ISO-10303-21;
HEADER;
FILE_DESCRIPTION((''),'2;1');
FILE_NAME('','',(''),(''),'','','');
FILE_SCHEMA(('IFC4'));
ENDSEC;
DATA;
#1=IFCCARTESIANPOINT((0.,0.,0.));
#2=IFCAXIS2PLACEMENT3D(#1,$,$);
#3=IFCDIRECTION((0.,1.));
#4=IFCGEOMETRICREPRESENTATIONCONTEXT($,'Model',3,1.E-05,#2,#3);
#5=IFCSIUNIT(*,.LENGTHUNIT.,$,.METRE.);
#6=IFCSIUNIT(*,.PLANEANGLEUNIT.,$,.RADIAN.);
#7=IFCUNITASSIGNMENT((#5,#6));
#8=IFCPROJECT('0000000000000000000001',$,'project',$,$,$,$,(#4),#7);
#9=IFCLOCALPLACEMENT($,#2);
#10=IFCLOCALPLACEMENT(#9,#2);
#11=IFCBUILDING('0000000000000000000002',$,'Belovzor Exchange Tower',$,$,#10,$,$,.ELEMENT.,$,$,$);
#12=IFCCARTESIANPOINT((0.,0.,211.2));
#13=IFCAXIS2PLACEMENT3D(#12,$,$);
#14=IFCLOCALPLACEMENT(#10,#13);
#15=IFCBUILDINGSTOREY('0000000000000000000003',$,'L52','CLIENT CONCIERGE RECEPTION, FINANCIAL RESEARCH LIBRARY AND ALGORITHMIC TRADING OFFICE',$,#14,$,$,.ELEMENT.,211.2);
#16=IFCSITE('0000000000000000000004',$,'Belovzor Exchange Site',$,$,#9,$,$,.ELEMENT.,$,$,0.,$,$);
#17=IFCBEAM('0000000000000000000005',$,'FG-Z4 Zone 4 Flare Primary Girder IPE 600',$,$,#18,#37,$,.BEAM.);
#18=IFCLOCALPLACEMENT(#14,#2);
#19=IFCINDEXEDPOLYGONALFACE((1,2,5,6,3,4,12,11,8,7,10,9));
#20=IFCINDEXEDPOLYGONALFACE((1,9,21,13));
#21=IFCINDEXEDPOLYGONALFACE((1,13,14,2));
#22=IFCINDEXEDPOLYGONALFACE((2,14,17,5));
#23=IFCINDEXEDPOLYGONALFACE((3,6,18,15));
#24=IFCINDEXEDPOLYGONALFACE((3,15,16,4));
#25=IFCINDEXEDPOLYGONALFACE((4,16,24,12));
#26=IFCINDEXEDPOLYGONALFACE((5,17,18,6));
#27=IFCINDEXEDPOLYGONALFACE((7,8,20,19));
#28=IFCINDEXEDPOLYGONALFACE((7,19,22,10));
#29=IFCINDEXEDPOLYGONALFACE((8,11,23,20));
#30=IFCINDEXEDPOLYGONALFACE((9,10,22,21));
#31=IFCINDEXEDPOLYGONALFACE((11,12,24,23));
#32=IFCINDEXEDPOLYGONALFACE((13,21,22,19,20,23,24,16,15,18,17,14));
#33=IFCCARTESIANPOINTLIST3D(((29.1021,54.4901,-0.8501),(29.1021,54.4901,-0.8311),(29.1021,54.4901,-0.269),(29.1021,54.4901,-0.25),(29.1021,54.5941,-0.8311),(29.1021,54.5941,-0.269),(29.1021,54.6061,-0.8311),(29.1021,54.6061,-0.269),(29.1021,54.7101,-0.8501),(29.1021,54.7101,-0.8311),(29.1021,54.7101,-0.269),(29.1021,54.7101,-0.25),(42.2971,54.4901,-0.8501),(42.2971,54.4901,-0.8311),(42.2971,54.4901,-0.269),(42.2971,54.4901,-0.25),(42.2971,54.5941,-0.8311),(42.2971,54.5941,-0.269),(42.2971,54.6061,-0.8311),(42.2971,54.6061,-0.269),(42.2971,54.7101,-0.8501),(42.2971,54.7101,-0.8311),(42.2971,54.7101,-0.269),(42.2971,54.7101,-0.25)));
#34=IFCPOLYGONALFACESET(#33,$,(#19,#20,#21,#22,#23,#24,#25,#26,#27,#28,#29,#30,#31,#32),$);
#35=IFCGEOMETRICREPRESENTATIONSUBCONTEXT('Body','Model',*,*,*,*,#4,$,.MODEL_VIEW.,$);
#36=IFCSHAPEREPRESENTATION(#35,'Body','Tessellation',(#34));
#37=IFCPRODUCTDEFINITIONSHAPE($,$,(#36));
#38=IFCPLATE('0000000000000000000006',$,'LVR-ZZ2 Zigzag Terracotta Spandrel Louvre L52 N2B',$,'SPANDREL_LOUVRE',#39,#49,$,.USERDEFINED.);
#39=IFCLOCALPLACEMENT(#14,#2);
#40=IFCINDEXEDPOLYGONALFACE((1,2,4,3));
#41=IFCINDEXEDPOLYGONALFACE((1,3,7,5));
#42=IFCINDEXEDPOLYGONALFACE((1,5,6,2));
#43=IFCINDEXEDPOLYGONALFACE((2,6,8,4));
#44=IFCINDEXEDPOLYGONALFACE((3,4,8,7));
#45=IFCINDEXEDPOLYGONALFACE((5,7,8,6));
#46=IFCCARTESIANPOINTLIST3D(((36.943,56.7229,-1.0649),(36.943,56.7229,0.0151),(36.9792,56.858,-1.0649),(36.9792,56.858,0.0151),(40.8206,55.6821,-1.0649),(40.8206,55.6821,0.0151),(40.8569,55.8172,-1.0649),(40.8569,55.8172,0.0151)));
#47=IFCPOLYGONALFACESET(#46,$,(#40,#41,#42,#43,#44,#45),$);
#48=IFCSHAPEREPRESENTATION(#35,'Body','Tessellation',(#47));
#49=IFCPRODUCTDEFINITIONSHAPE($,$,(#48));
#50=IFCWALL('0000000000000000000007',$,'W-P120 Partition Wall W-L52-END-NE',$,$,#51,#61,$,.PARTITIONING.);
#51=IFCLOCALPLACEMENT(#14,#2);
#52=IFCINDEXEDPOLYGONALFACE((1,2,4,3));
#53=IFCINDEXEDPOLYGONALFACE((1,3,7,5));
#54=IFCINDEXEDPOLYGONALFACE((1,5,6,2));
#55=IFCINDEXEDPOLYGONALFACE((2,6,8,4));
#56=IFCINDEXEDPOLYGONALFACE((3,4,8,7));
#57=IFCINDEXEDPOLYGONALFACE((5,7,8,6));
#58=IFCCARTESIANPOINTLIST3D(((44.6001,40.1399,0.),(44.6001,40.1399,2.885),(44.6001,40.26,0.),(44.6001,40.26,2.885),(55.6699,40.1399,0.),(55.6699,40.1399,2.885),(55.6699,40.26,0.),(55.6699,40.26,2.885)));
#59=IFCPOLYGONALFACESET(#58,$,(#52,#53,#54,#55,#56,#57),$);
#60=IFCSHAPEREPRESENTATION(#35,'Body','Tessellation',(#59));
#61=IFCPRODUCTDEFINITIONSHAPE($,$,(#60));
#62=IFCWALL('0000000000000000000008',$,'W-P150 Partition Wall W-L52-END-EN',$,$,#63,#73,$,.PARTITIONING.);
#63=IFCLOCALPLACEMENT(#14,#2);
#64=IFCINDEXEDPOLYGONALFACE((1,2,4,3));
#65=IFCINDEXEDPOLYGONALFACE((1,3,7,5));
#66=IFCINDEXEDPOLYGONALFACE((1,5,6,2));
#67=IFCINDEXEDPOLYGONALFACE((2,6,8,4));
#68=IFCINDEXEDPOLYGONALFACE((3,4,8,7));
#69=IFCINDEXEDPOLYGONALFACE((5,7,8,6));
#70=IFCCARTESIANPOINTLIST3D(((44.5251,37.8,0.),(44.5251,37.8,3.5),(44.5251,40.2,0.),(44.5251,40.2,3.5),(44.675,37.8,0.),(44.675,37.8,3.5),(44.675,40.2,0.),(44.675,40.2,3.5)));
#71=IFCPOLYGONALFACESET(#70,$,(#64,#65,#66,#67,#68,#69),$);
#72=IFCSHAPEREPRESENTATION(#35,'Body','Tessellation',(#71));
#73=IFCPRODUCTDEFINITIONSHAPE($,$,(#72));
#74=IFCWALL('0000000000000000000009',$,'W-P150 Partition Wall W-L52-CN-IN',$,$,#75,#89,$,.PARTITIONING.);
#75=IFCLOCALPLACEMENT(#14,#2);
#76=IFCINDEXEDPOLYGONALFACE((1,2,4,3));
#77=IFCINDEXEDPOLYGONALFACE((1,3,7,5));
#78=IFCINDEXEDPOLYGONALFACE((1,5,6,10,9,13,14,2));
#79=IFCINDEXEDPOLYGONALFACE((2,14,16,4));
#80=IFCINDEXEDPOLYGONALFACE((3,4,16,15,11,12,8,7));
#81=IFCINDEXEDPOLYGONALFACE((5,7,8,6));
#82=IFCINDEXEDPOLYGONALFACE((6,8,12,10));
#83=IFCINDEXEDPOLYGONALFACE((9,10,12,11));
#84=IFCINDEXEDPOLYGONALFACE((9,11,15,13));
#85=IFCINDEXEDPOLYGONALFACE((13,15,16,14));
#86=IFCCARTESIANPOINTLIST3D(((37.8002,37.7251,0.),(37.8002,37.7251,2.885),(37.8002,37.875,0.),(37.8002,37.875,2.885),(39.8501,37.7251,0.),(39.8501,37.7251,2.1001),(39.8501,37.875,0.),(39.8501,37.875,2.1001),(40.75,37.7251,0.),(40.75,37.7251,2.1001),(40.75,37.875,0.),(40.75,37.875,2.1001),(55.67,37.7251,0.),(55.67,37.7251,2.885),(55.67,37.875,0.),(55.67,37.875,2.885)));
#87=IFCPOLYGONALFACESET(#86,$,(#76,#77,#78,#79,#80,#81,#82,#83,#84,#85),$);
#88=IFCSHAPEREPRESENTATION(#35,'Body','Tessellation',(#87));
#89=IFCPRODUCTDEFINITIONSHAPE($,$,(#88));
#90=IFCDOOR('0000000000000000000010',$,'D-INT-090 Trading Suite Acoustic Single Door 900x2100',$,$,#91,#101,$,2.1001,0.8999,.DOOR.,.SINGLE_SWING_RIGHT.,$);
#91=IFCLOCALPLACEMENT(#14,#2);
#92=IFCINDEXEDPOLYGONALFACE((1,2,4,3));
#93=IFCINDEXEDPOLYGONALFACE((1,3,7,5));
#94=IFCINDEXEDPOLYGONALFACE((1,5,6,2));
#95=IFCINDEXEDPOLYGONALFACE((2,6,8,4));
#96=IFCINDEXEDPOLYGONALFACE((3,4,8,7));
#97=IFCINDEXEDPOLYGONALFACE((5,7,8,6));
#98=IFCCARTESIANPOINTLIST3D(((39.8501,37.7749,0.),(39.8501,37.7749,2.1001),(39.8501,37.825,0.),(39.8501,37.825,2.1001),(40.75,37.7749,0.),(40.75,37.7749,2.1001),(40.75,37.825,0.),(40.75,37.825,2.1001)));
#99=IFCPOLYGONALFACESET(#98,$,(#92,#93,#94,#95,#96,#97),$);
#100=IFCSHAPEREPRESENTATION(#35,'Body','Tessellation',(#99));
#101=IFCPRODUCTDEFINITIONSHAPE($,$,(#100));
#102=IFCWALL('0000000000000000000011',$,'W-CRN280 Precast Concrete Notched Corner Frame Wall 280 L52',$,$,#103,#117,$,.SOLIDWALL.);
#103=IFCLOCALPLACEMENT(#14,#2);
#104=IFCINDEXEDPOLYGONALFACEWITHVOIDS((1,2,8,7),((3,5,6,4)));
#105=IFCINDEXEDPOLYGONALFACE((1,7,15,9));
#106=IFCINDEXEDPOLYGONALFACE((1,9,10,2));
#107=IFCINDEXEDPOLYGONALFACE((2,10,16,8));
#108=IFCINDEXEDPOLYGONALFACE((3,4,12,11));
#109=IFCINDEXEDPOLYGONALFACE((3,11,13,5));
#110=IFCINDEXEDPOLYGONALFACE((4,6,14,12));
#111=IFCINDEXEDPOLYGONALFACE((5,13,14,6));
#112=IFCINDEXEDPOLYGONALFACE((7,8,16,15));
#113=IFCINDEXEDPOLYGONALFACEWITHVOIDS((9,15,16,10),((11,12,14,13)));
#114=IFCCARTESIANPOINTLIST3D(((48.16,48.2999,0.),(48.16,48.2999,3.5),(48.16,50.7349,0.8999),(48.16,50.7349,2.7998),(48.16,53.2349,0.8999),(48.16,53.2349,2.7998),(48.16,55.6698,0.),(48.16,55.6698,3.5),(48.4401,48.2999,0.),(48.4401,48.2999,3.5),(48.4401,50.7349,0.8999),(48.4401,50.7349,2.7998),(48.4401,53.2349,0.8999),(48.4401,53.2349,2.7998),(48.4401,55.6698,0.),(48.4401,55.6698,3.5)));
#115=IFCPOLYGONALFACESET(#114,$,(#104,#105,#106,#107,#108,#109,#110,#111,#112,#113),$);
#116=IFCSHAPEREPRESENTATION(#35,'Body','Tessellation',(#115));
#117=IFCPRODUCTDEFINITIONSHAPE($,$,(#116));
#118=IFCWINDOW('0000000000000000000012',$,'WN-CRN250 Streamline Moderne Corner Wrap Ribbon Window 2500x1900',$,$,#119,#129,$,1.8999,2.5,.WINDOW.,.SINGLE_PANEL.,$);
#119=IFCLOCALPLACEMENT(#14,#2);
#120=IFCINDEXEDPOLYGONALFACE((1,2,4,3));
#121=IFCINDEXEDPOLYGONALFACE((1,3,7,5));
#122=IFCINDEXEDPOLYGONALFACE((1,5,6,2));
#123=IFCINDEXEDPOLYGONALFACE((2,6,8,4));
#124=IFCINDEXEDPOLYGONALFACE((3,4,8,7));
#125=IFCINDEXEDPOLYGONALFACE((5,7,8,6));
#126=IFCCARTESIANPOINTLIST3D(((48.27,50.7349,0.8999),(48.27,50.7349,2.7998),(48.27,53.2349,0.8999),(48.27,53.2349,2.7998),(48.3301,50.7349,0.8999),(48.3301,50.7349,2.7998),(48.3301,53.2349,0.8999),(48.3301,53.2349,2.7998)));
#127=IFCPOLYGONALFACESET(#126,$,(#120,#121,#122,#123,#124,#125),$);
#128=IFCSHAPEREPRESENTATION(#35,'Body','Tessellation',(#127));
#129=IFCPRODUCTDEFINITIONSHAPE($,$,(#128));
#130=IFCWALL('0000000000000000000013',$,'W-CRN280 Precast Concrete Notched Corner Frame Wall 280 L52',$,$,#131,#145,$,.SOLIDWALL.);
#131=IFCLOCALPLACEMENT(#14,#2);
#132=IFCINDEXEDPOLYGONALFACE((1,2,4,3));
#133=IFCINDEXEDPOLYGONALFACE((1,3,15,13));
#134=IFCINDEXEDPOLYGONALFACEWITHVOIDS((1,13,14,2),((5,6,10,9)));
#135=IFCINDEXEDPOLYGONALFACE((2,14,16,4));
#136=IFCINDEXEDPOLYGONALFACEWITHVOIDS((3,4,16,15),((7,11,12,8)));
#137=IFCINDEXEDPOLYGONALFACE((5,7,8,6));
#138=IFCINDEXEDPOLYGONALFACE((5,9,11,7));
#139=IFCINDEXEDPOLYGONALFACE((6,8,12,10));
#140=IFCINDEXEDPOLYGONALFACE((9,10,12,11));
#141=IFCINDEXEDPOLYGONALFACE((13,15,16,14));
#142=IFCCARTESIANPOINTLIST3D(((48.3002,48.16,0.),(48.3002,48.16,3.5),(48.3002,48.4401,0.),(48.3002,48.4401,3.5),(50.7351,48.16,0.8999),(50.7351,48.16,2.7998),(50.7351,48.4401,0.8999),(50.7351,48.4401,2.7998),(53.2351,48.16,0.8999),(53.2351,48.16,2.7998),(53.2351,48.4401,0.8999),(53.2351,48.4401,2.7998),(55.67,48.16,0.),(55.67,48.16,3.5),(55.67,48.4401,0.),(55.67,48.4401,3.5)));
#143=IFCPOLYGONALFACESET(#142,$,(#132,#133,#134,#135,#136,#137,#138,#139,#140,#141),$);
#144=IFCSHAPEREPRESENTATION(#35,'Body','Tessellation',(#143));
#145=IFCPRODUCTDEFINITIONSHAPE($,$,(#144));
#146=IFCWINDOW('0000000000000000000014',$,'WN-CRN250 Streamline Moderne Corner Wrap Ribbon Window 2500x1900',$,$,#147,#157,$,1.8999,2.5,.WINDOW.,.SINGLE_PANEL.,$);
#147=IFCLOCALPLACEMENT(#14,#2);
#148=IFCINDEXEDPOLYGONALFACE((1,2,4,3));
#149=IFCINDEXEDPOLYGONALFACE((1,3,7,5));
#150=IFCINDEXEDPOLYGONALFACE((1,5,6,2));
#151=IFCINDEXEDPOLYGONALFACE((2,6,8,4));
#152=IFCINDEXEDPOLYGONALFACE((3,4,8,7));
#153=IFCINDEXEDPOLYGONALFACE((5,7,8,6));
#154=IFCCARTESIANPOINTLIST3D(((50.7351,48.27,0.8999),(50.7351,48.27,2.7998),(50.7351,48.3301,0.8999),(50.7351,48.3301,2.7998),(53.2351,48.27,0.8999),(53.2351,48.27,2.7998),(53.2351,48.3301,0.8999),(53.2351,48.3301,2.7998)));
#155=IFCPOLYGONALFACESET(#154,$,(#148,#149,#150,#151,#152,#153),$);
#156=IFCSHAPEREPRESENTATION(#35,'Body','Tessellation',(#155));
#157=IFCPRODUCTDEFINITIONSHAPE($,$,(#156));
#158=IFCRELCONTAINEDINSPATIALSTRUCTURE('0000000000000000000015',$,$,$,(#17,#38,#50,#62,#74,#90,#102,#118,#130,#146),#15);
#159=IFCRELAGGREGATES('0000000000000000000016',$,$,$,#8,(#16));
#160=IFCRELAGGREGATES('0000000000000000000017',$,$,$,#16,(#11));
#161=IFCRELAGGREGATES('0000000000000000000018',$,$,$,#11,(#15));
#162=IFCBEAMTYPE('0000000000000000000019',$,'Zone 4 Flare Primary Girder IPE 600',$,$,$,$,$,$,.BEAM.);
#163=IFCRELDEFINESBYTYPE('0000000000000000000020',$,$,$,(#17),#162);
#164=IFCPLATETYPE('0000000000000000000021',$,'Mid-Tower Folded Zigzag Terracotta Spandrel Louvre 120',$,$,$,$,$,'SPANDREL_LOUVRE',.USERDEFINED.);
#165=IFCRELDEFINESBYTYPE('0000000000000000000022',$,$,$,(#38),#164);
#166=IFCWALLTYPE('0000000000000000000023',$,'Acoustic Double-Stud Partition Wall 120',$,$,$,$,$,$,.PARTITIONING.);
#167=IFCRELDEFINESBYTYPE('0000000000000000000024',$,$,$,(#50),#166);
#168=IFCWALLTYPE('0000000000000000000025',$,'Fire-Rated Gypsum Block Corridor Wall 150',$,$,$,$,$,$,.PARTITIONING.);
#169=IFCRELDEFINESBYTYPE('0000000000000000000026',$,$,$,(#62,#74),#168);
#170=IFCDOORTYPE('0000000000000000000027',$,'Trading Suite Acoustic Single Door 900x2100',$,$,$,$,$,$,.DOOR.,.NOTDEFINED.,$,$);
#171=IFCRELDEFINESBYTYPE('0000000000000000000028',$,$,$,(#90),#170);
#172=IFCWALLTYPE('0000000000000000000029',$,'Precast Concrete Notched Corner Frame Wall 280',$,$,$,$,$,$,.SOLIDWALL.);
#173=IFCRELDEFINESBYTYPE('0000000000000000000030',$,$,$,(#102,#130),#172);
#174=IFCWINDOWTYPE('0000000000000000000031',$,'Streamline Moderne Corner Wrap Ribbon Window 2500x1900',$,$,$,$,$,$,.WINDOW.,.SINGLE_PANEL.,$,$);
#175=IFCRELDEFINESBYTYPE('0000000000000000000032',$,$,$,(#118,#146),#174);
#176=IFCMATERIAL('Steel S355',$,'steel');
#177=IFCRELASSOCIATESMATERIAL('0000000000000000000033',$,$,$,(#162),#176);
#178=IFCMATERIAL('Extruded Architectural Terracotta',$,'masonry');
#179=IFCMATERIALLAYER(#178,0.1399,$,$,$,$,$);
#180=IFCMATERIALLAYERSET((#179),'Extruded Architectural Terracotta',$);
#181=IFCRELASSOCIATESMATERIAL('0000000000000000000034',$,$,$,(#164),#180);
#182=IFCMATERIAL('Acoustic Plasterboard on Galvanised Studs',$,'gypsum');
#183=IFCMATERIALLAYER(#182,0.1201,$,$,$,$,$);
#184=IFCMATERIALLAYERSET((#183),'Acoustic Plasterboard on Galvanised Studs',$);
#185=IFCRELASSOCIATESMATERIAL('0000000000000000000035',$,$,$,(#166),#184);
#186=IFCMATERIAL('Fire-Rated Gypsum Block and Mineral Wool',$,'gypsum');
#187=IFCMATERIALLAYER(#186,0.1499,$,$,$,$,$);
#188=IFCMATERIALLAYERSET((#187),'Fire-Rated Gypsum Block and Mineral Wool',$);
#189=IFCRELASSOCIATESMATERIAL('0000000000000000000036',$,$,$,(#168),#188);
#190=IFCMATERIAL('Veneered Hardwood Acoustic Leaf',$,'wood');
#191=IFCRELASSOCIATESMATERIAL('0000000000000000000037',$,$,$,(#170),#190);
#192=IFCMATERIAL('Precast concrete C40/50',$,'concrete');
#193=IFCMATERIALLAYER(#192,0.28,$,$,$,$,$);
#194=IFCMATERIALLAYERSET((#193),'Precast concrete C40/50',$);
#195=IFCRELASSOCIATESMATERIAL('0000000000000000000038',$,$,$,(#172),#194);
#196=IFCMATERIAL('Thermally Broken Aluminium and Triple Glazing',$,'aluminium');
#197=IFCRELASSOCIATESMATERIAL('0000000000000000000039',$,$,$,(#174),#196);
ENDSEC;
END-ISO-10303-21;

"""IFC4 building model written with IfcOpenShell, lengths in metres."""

from ifc_helpers import new_model, si_unit, direction, frame, frame_2d, origin, origin_2d, place, context, subcontext, project, spatial, rectangle, i_section, extrude, material, layer, layer_set, material_profile, profile_set, type_object, element, fill, save


model = new_model("IFC4")

# Units and contexts
model_context = context("Model", 3, precision=1e-05, world=origin(), true_north=direction((0.0, 1.0)))
body_context = subcontext(model_context, "Body", "Model", "MODEL_VIEW")
ifc_project = project(units=[si_unit("LENGTHUNIT", "METRE"), si_unit("PLANEANGLEUNIT", "RADIAN")], contexts=[model_context])

# Site, building, storey
site_placement = place(None, origin())
site = spatial("IfcSite", under=ifc_project, at=site_placement, Name="Belovzor Exchange Site", CompositionType="ELEMENT", RefElevation=0.0)
building_placement = place(site_placement, origin())
building = spatial("IfcBuilding", under=site, at=building_placement, Name="Belovzor Exchange Tower", CompositionType="ELEMENT")
storey_placement = place(building_placement, frame((0.0, 0.0, 211.2)))
storey = spatial("IfcBuildingStorey", under=building, at=storey_placement, Name="L52", Description="CLIENT CONCIERGE RECEPTION, FINANCIAL RESEARCH LIBRARY AND ALGORITHMIC TRADING OFFICE", CompositionType="ELEMENT", Elevation=211.2)

# Beam
ifc_material_1 = material(Name="Steel S355", Category="steel")
ifc_material_profile_1 = material_profile(ifc_material_1, i_section(OverallWidth=0.22, OverallDepth=0.6001, WebThickness=0.012, FlangeThickness=0.019, at=origin_2d()))
ifc_profile_set_1 = profile_set([ifc_material_profile_1], Name="Steel S355")
beam_type_1 = type_object("IfcBeamType", Name="Zone 4 Flare Primary Girder IPE 600", PredefinedType="BEAM", material=ifc_profile_set_1)
beam_1_placement = place(storey_placement, frame((42.2971, 54.6001, -0.55), z_axis=(-1.0, 0.0, 0.0), x_axis=(0.0, -1.0, 0.0)))
element("IfcBeam", 1, at=beam_1_placement, inside=storey, type_object=beam_type_1, Name="FG-Z4 Zone 4 Flare Primary Girder IPE 600", PredefinedType="BEAM", context=body_context, shape_type="SweptSolid", body=[
    extrude(i_section(OverallWidth=0.22, OverallDepth=0.6001, WebThickness=0.012, FlangeThickness=0.019, at=origin_2d()), origin(), (0.0, 0.0, 1.0), 13.1951),
])

# Plate
ifc_material_2 = material(Name="Extruded Architectural Terracotta", Category="masonry")
ifc_layer_1 = layer(ifc_material_2, 0.1399)
ifc_layer_set_1 = layer_set([ifc_layer_1], Name="Extruded Architectural Terracotta")
plate_type = type_object("IfcPlateType", Name="Mid-Tower Folded Zigzag Terracotta Spandrel Louvre 120", ElementType="SPANDREL_LOUVRE", PredefinedType="USERDEFINED", material=ifc_layer_set_1)
plate_placement = place(storey_placement, frame((38.8999, 56.27, -1.0649), z_axis=(0.0, 0.0, 1.0), x_axis=(0.965813, -0.25924, 0.0)))
element("IfcPlate", 2, at=plate_placement, inside=storey, type_object=plate_type, Name="LVR-ZZ2 Zigzag Terracotta Spandrel Louvre L52 N2B", ObjectType="SPANDREL_LOUVRE", PredefinedType="USERDEFINED", context=body_context, shape_type="SweptSolid", body=[
    extrude(rectangle(XDim=4.0149, YDim=0.1399, at=origin_2d()), origin(), (0.0, 0.0, 1.0), 1.0801),
])

# Walls
ifc_material_3 = material(Name="Acoustic Plasterboard on Galvanised Studs", Category="gypsum")
ifc_layer_2 = layer(ifc_material_3, 0.1201)
ifc_layer_set_2 = layer_set([ifc_layer_2], Name="Acoustic Plasterboard on Galvanised Studs")
wall_type_1 = type_object("IfcWallType", Name="Acoustic Double-Stud Partition Wall 120", PredefinedType="PARTITIONING", material=ifc_layer_set_2)
wall_1_placement = place(storey_placement, frame((44.6001, 40.2, 0.0), z_axis=(0.0, 0.0, 1.0), x_axis=(1.0, 0.0, 0.0)))
element("IfcWall", 3, at=wall_1_placement, inside=storey, type_object=wall_type_1, Name="W-P120 Partition Wall W-L52-END-NE", PredefinedType="PARTITIONING", context=body_context, shape_type="SweptSolid", body=[
    extrude(rectangle(XDim=11.0698, YDim=0.1201, at=frame_2d((5.5349, 0.0))), origin(), (0.0, 0.0, 1.0), 2.885),
])
ifc_material_4 = material(Name="Fire-Rated Gypsum Block and Mineral Wool", Category="gypsum")
ifc_layer_3 = layer(ifc_material_4, 0.1499)
ifc_layer_set_3 = layer_set([ifc_layer_3], Name="Fire-Rated Gypsum Block and Mineral Wool")
wall_type_2 = type_object("IfcWallType", Name="Fire-Rated Gypsum Block Corridor Wall 150", PredefinedType="PARTITIONING", material=ifc_layer_set_3)
wall_2_placement = place(storey_placement, frame((44.6001, 37.8, 0.0), z_axis=(0.0, 0.0, 1.0), x_axis=(0.0, 1.0, 0.0)))
element("IfcWall", 4, at=wall_2_placement, inside=storey, type_object=wall_type_2, Name="W-P150 Partition Wall W-L52-END-EN", PredefinedType="PARTITIONING", context=body_context, shape_type="SweptSolid", body=[
    extrude(rectangle(XDim=2.3999, YDim=0.1499, at=frame_2d((1.2, 0.0))), origin(), (0.0, 0.0, 1.0), 3.5),
])

# Wall, opening, door
wall_3_placement = place(storey_placement, frame((37.8, 37.8, 0.0), z_axis=(0.0, 0.0, 1.0), x_axis=(1.0, 0.0, 0.0)))
wall_3 = element("IfcWall", 5, at=wall_3_placement, inside=storey, type_object=wall_type_2, Name="W-P150 Partition Wall W-L52-CN-IN", PredefinedType="PARTITIONING", context=body_context, shape_type="SweptSolid", body=[
    extrude(rectangle(XDim=17.8699, YDim=0.1499, at=frame_2d((8.9351, 0.0))), origin(), (0.0, 0.0, 1.0), 2.885),
])
opening_1_placement = place(wall_3_placement, frame((2.05, 0.0, 0.0)))
opening_1 = element("IfcOpeningElement", 6, at=opening_1_placement, cuts=wall_3, PredefinedType="OPENING", context=body_context, shape_type="SweptSolid", body=[
    extrude(rectangle(XDim=0.8999, YDim=2.1001, at=frame_2d((0.45, 1.05))), frame((0.0, 0.085, 0.0), z_axis=(0.0, -1.0, 0.0), x_axis=(1.0, 0.0, 0.0)), (0.0, 0.0, 1.0), 0.1699),
])
ifc_material_5 = material(Name="Veneered Hardwood Acoustic Leaf", Category="wood")
door_type_1 = type_object("IfcDoorType", Name="Trading Suite Acoustic Single Door 900x2100", OperationType="NOTDEFINED", PredefinedType="DOOR", material=ifc_material_5)
door_1_placement = place(opening_1_placement, origin())
door_1 = element("IfcDoor", 7, at=door_1_placement, inside=storey, type_object=door_type_1, Name="D-INT-090 Trading Suite Acoustic Single Door 900x2100", OperationType="SINGLE_SWING_RIGHT", OverallHeight=2.1001, OverallWidth=0.8999, PredefinedType="DOOR", context=body_context, shape_type="SweptSolid", body=[
    extrude(rectangle(XDim=0.8999, YDim=2.1001, at=frame_2d((0.45, 1.05))), frame((0.0, 0.0249, 0.0), z_axis=(0.0, -1.0, 0.0), x_axis=(1.0, 0.0, 0.0)), (0.0, 0.0, 1.0), 0.05),
])
fill(opening_1, door_1)

# Walls, openings, windows
ifc_material_6 = material(Name="Precast concrete C40/50", Category="concrete")
ifc_layer_4 = layer(ifc_material_6, 0.28)
ifc_layer_set_4 = layer_set([ifc_layer_4], Name="Precast concrete C40/50")
wall_type_3 = type_object("IfcWallType", Name="Precast Concrete Notched Corner Frame Wall 280", PredefinedType="SOLIDWALL", material=ifc_layer_set_4)
wall_4_placement = place(storey_placement, frame((48.3, 55.6699, 0.0), z_axis=(0.0, 0.0, 1.0), x_axis=(0.0, -1.0, 0.0)))
wall_4 = element("IfcWall", 8, at=wall_4_placement, inside=storey, type_object=wall_type_3, Name="W-CRN280 Precast Concrete Notched Corner Frame Wall 280 L52", PredefinedType="SOLIDWALL", context=body_context, shape_type="SweptSolid", body=[
    extrude(rectangle(XDim=7.3699, YDim=0.28, at=frame_2d((3.6851, 0.0))), origin(), (0.0, 0.0, 1.0), 3.5),
])
opening_2_placement = place(wall_4_placement, frame((2.4351, 0.0, 0.8999)))
opening_2 = element("IfcOpeningElement", 9, at=opening_2_placement, cuts=wall_4, PredefinedType="OPENING", context=body_context, shape_type="SweptSolid", body=[
    extrude(rectangle(XDim=2.5, YDim=1.8999, at=frame_2d((1.25, 0.95))), frame((0.0, 0.1499, 0.0), z_axis=(0.0, -1.0, 0.0), x_axis=(1.0, 0.0, 0.0)), (0.0, 0.0, 1.0), 0.3),
])
ifc_material_7 = material(Name="Thermally Broken Aluminium and Triple Glazing", Category="aluminium")
window_type = type_object("IfcWindowType", Name="Streamline Moderne Corner Wrap Ribbon Window 2500x1900", PartitioningType="SINGLE_PANEL", PredefinedType="WINDOW", material=ifc_material_7)
window_1_placement = place(opening_2_placement, origin())
window_1 = element("IfcWindow", 10, at=window_1_placement, inside=storey, type_object=window_type, Name="WN-CRN250 Streamline Moderne Corner Wrap Ribbon Window 2500x1900", OverallHeight=1.8999, OverallWidth=2.5, PartitioningType="SINGLE_PANEL", PredefinedType="WINDOW", context=body_context, shape_type="SweptSolid", body=[
    extrude(rectangle(XDim=2.5, YDim=1.8999, at=frame_2d((1.25, 0.95))), frame((0.0, 0.03, 0.0), z_axis=(0.0, -1.0, 0.0), x_axis=(1.0, 0.0, 0.0)), (0.0, 0.0, 1.0), 0.0601),
])
fill(opening_2, window_1)
wall_5_placement = place(storey_placement, frame((48.3, 48.3, 0.0), z_axis=(0.0, 0.0, 1.0), x_axis=(1.0, 0.0, 0.0)))
wall_5 = element("IfcWall", 11, at=wall_5_placement, inside=storey, type_object=wall_type_3, Name="W-CRN280 Precast Concrete Notched Corner Frame Wall 280 L52", PredefinedType="SOLIDWALL", context=body_context, shape_type="SweptSolid", body=[
    extrude(rectangle(XDim=7.3699, YDim=0.28, at=frame_2d((3.6851, 0.0))), origin(), (0.0, 0.0, 1.0), 3.5),
])
opening_3_placement = place(wall_5_placement, frame((2.4351, 0.0, 0.8999)))
opening_3 = element("IfcOpeningElement", 12, at=opening_3_placement, cuts=wall_5, PredefinedType="OPENING", context=body_context, shape_type="SweptSolid", body=[
    extrude(rectangle(XDim=2.5, YDim=1.8999, at=frame_2d((1.25, 0.95))), frame((0.0, 0.1499, 0.0), z_axis=(0.0, -1.0, 0.0), x_axis=(1.0, 0.0, 0.0)), (0.0, 0.0, 1.0), 0.3),
])
window_2_placement = place(opening_3_placement, origin())
window_2 = element("IfcWindow", 13, at=window_2_placement, inside=storey, type_object=window_type, Name="WN-CRN250 Streamline Moderne Corner Wrap Ribbon Window 2500x1900", OverallHeight=1.8999, OverallWidth=2.5, PartitioningType="SINGLE_PANEL", PredefinedType="WINDOW", context=body_context, shape_type="SweptSolid", body=[
    extrude(rectangle(XDim=2.5, YDim=1.8999, at=frame_2d((1.25, 0.95))), frame((0.0, 0.03, 0.0), z_axis=(0.0, -1.0, 0.0), x_axis=(1.0, 0.0, 0.0)), (0.0, 0.0, 1.0), 0.0601),
])
fill(opening_3, window_2)

save(model, "model.ifc")
